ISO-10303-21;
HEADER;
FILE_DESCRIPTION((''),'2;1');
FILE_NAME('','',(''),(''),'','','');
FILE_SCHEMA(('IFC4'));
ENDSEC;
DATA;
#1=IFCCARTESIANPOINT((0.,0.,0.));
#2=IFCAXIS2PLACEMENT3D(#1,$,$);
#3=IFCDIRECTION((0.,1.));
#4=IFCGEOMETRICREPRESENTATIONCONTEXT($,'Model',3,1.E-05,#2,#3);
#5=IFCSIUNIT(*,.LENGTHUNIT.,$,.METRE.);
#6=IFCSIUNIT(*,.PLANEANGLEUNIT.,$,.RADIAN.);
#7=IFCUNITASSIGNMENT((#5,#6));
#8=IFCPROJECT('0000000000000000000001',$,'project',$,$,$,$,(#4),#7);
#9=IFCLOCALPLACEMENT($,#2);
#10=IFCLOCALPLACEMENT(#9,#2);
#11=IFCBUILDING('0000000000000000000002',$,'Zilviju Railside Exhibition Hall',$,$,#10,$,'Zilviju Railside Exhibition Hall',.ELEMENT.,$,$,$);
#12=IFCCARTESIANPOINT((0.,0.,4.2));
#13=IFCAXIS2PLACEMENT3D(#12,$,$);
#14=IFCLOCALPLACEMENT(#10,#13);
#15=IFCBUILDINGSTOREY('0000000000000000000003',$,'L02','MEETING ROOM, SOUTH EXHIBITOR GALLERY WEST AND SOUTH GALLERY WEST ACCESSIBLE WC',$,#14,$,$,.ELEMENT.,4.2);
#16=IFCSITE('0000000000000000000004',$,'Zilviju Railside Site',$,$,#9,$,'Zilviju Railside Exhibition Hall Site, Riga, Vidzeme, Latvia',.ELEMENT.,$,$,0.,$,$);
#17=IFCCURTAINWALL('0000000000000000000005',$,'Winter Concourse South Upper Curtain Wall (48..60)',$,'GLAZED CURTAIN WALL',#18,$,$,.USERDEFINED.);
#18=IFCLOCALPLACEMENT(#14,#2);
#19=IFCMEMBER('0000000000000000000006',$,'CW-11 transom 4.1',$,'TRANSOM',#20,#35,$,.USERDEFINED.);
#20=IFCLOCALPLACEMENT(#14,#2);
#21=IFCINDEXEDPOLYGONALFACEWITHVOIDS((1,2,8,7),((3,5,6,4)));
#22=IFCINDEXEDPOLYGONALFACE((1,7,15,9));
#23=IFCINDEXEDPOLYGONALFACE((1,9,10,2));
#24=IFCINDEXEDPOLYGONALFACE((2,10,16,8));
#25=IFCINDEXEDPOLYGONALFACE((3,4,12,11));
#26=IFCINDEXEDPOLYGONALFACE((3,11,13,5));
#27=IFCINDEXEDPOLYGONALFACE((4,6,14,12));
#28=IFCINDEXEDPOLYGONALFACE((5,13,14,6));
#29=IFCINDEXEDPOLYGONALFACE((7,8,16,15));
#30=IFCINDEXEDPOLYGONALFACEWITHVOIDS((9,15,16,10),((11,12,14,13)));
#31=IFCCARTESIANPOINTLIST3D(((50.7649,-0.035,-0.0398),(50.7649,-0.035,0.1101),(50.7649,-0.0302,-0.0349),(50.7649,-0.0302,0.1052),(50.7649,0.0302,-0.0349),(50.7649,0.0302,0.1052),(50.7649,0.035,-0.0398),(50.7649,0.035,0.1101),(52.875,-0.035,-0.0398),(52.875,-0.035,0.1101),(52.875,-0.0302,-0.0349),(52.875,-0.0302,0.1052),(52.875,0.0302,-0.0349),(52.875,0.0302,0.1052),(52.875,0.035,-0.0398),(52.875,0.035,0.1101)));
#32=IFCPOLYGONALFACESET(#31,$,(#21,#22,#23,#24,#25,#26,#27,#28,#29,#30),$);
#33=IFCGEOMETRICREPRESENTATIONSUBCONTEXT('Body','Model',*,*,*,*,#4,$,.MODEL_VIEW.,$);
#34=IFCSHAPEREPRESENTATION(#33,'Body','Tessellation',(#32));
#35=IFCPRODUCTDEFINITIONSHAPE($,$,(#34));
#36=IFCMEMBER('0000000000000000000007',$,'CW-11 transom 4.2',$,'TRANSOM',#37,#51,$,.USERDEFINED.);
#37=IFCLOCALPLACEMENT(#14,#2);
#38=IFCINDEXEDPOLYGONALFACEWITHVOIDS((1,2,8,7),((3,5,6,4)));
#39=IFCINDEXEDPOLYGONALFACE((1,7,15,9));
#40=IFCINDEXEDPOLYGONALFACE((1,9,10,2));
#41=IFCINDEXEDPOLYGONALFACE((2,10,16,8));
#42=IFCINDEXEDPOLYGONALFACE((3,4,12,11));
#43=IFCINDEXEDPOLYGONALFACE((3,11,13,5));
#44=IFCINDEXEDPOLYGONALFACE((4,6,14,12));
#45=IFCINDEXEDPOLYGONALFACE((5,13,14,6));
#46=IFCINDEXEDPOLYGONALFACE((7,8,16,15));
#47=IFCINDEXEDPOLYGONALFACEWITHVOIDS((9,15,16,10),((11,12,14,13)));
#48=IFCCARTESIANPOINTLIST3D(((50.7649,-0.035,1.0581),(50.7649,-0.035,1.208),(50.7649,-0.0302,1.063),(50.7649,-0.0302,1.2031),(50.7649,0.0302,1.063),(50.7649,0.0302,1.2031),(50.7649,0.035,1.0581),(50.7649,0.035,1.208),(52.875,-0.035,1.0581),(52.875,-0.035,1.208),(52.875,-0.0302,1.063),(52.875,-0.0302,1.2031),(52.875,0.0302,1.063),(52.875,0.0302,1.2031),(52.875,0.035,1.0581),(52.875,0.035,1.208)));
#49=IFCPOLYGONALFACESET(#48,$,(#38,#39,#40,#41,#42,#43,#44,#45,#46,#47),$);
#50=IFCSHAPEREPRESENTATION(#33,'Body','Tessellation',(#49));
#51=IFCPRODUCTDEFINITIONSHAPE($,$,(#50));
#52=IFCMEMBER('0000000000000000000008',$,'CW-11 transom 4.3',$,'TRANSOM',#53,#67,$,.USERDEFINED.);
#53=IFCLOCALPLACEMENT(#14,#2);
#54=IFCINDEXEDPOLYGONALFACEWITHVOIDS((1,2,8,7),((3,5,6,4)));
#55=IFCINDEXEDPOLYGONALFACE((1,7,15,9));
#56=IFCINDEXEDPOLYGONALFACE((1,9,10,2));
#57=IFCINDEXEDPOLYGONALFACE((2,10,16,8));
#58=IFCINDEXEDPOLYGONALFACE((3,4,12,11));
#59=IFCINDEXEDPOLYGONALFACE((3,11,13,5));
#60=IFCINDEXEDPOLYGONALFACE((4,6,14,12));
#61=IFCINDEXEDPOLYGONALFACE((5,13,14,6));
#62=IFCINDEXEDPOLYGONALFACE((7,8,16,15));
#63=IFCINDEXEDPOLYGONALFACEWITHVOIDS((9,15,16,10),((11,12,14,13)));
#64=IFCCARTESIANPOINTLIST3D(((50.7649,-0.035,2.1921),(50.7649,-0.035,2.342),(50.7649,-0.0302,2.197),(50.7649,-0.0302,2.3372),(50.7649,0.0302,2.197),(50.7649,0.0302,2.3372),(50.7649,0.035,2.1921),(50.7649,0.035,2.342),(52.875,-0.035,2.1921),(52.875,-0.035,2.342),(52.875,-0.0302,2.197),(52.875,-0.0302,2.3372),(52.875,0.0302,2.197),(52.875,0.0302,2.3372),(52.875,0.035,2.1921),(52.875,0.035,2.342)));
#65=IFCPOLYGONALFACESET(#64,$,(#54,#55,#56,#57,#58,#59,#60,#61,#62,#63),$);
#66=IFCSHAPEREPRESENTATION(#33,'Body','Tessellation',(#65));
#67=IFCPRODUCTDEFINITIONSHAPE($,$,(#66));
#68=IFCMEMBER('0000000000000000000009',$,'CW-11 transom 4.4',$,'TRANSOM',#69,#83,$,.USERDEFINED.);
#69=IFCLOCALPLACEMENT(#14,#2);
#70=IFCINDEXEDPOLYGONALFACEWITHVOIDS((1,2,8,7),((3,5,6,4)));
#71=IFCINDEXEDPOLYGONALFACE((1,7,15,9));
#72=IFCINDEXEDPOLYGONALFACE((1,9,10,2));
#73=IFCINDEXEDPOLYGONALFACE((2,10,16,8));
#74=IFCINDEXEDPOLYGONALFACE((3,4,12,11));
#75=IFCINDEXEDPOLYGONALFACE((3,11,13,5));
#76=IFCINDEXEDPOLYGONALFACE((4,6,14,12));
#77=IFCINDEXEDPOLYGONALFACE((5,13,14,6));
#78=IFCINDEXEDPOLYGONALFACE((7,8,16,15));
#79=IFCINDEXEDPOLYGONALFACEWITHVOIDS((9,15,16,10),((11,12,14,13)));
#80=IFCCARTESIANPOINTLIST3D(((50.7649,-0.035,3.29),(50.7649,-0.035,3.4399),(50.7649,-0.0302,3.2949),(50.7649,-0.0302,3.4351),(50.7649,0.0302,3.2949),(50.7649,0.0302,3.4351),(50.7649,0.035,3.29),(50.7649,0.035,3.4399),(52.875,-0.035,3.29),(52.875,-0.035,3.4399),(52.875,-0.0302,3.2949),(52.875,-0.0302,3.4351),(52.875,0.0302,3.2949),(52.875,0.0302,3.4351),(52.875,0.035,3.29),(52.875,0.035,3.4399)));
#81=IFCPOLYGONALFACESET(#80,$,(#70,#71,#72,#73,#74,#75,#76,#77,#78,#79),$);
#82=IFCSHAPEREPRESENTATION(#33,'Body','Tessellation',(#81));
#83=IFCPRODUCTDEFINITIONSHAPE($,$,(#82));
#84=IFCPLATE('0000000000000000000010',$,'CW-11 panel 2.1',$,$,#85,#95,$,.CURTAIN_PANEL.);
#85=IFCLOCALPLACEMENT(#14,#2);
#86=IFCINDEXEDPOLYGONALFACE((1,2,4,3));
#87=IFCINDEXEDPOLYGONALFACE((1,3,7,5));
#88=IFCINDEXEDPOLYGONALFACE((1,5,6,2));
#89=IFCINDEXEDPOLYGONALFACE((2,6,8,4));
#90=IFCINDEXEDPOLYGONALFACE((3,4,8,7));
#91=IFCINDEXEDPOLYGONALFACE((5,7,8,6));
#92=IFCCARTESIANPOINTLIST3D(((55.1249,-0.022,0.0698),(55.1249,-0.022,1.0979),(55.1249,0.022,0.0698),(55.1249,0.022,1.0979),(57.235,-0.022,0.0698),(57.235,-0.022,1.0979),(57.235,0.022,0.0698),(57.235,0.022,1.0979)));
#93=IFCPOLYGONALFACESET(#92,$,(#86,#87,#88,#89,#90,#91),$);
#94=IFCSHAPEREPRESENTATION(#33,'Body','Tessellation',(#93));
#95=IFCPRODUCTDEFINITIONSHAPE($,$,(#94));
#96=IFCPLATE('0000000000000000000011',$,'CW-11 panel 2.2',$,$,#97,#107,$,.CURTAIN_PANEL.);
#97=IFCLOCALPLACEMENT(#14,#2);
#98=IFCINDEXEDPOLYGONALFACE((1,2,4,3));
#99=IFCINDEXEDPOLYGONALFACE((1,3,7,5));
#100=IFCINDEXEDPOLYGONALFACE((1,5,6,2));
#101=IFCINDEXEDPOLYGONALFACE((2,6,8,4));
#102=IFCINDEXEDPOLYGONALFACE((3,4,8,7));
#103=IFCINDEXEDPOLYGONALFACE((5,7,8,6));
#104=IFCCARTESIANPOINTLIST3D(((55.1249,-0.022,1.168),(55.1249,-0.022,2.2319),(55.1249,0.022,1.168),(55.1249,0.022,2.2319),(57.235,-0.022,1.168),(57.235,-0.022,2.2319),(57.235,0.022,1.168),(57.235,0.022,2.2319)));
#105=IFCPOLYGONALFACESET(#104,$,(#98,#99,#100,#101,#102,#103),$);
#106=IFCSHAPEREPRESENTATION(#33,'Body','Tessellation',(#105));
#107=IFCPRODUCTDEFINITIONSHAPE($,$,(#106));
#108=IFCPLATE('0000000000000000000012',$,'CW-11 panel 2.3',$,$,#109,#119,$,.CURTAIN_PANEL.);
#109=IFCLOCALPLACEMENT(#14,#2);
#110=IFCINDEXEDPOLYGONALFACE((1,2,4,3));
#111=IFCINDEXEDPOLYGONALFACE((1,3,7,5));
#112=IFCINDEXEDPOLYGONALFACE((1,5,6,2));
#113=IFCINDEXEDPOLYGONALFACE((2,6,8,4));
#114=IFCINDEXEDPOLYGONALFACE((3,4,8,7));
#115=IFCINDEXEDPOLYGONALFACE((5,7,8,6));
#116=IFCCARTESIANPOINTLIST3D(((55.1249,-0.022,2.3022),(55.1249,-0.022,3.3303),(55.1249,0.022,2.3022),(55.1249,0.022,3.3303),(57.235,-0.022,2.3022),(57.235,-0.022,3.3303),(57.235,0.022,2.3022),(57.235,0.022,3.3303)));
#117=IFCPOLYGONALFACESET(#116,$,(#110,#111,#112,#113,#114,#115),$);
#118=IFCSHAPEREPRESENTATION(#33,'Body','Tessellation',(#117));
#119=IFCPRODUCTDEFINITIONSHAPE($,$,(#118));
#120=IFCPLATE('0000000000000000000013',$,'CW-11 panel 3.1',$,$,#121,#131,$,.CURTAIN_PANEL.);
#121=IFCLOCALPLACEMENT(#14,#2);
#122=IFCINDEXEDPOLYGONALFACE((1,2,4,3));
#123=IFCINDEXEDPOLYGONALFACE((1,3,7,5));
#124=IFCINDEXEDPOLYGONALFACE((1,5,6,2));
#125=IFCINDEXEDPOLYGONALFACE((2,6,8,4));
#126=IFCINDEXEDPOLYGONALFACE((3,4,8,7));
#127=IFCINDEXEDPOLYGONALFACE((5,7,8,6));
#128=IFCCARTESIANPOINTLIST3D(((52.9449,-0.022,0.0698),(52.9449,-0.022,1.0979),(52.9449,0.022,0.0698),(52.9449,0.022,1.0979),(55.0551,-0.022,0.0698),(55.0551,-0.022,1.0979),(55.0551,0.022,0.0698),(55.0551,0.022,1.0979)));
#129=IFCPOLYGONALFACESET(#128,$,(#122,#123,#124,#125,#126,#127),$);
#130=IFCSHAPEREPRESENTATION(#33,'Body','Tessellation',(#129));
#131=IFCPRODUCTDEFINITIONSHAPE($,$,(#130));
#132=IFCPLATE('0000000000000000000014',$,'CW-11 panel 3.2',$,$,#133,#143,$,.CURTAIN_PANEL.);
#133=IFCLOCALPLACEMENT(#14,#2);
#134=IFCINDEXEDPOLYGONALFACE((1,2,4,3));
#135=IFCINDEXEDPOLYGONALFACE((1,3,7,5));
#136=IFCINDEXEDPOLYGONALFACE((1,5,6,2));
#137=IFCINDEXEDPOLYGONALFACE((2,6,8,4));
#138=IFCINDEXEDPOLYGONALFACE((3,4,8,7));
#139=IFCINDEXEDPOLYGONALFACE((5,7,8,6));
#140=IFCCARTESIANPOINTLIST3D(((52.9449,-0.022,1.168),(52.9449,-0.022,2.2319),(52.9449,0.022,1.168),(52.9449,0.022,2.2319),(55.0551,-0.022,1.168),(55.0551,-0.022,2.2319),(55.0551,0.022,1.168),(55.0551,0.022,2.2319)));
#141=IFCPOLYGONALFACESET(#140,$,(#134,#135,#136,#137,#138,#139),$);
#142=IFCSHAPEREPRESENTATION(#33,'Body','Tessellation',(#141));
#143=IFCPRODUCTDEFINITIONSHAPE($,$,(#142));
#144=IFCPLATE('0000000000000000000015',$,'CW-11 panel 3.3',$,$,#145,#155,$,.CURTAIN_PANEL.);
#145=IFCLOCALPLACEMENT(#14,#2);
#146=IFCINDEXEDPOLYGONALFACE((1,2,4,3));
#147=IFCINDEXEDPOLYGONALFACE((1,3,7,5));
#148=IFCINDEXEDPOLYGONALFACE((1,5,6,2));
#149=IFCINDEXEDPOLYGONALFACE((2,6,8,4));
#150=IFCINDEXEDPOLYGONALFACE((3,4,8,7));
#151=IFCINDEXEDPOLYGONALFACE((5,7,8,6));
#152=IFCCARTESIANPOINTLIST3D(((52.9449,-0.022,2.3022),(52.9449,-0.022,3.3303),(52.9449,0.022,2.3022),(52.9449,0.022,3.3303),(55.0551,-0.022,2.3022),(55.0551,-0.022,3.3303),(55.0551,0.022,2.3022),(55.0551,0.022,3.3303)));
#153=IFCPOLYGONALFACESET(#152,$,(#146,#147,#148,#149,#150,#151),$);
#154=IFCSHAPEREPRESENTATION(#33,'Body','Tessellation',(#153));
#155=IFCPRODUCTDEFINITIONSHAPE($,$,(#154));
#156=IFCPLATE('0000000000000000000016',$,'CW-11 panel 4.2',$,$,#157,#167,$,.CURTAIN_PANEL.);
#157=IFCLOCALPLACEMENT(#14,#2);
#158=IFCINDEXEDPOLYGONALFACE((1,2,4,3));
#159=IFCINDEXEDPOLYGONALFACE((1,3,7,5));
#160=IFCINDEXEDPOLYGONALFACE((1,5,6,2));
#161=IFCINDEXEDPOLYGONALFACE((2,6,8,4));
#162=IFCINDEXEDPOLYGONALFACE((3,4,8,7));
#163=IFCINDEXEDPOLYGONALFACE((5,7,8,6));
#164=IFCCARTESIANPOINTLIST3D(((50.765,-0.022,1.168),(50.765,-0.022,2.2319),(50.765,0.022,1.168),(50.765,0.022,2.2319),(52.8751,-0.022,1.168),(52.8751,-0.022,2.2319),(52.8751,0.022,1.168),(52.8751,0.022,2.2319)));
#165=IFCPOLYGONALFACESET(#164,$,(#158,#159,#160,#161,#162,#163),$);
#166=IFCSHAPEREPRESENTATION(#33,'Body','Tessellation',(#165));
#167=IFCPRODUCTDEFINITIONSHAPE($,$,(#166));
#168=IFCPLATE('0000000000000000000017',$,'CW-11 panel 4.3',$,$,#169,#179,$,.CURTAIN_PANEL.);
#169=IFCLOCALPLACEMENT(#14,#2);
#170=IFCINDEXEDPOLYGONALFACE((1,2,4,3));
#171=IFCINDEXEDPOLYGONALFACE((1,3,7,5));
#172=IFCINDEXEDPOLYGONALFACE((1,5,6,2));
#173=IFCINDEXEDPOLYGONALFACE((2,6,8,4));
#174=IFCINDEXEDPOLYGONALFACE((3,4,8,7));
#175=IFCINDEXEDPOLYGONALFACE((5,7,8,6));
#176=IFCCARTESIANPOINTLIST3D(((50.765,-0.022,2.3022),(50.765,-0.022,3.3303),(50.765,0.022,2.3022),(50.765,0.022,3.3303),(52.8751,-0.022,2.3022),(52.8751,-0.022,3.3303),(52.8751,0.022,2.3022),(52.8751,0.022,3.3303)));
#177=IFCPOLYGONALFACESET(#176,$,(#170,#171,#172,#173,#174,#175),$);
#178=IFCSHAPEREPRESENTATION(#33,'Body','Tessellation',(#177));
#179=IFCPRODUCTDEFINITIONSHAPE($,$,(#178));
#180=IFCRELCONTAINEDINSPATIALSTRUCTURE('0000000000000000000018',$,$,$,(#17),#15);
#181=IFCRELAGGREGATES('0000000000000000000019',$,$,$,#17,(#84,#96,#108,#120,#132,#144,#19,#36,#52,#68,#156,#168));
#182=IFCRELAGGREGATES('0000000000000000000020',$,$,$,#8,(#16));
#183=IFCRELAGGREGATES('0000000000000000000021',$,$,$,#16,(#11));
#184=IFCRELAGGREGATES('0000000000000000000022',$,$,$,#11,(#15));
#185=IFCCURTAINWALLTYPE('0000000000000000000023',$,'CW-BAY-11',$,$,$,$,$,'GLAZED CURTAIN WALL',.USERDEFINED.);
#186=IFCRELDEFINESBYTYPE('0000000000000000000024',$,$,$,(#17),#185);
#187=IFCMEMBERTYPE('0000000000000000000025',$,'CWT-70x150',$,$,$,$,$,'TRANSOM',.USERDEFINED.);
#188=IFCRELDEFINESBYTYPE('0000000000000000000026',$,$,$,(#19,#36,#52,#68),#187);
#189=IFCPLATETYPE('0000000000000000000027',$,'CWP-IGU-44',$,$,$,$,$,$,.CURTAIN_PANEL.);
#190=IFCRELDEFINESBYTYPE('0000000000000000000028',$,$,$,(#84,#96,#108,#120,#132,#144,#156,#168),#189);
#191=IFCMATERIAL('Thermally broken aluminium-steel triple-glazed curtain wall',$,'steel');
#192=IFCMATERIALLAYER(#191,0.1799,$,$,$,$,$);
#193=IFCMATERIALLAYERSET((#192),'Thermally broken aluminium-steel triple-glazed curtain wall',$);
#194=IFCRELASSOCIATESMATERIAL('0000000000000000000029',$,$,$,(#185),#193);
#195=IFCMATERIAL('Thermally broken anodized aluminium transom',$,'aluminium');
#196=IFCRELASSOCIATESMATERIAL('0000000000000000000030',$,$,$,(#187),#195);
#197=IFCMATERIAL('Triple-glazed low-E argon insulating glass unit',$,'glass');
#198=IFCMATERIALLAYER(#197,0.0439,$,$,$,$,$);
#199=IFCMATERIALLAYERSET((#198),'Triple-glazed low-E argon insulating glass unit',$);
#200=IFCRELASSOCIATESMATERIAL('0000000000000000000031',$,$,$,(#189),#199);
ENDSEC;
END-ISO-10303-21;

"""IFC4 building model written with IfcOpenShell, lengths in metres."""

from ifc_helpers import new_model, si_unit, direction, frame, origin, origin_2d, place, context, subcontext, project, spatial, rectangle, hollow_rectangle, extrude, material, layer, layer_set, material_profile, profile_set, type_object, element, aggregate, save


model = new_model("IFC4")

# Units and contexts
model_context = context("Model", 3, precision=1e-05, world=origin(), true_north=direction((0.0, 1.0)))
body_context = subcontext(model_context, "Body", "Model", "MODEL_VIEW")
ifc_project = project(units=[si_unit("LENGTHUNIT", "METRE"), si_unit("PLANEANGLEUNIT", "RADIAN")], contexts=[model_context])

# Site, building, storey
site_placement = place(None, origin())
site = spatial("IfcSite", under=ifc_project, at=site_placement, Name="Zilviju Railside Site", LongName="Zilviju Railside Exhibition Hall Site, Riga, Vidzeme, Latvia", CompositionType="ELEMENT", RefElevation=0.0)
building_placement = place(site_placement, origin())
building = spatial("IfcBuilding", under=site, at=building_placement, Name="Zilviju Railside Exhibition Hall", LongName="Zilviju Railside Exhibition Hall", CompositionType="ELEMENT")
storey_placement = place(building_placement, frame((0.0, 0.0, 4.2)))
storey = spatial("IfcBuildingStorey", under=building, at=storey_placement, Name="L02", Description="MEETING ROOM, SOUTH EXHIBITOR GALLERY WEST AND SOUTH GALLERY WEST ACCESSIBLE WC", CompositionType="ELEMENT", Elevation=4.2)

# Curtain wall, members, plates
ifc_material_1 = material(Name="Thermally broken aluminium-steel triple-glazed curtain wall", Category="steel")
ifc_layer_1 = layer(ifc_material_1, 0.1799)
ifc_layer_set_1 = layer_set([ifc_layer_1], Name="Thermally broken aluminium-steel triple-glazed curtain wall")
curtain_wall_type = type_object("IfcCurtainWallType", Name="CW-BAY-11", ElementType="GLAZED CURTAIN WALL", PredefinedType="USERDEFINED", material=ifc_layer_set_1)
curtain_wall_placement = place(storey_placement, origin())
curtain_wall = element("IfcCurtainWall", 1, at=curtain_wall_placement, inside=storey, type_object=curtain_wall_type, Name="Winter Concourse South Upper Curtain Wall (48..60)", ObjectType="GLAZED CURTAIN WALL", PredefinedType="USERDEFINED")
ifc_material_2 = material(Name="Thermally broken anodized aluminium transom", Category="aluminium")
ifc_material_profile_1 = material_profile(ifc_material_2, hollow_rectangle(XDim=0.0701, YDim=0.1499, WallThickness=0.0049, at=origin_2d()), Name="TRANSOM 150x70x5")
ifc_profile_set_1 = profile_set([ifc_material_profile_1], Name="Thermally broken anodized aluminium transom")
member_type_1 = type_object("IfcMemberType", Name="CWT-70x150", ElementType="TRANSOM", PredefinedType="USERDEFINED", material=ifc_profile_set_1)
member_1_placement = place(storey_placement, frame((52.875, 0.0, 0.0352), z_axis=(-1.0, 0.0, 0.0), x_axis=(0.0, -1.0, 0.0)))
member_1 = element("IfcMember", 2, at=member_1_placement, type_object=member_type_1, Name="CW-11 transom 4.1", ObjectType="TRANSOM", PredefinedType="USERDEFINED", context=body_context, shape_type="SweptSolid", body=[
    extrude(hollow_rectangle(XDim=0.0701, YDim=0.1499, WallThickness=0.0049, at=origin_2d()), origin(), (0.0, 0.0, 1.0), 2.1101),
])
member_2_placement = place(storey_placement, frame((52.875, 0.0, 1.1331), z_axis=(-1.0, 0.0, 0.0), x_axis=(0.0, -1.0, 0.0)))
member_2 = element("IfcMember", 3, at=member_2_placement, type_object=member_type_1, Name="CW-11 transom 4.2", ObjectType="TRANSOM", PredefinedType="USERDEFINED", context=body_context, shape_type="SweptSolid", body=[
    extrude(hollow_rectangle(XDim=0.0701, YDim=0.1499, WallThickness=0.0049, at=origin_2d()), origin(), (0.0, 0.0, 1.0), 2.1101),
])
member_3_placement = place(storey_placement, frame((52.875, 0.0, 2.2671), z_axis=(-1.0, 0.0, 0.0), x_axis=(0.0, -1.0, 0.0)))
member_3 = element("IfcMember", 4, at=member_3_placement, type_object=member_type_1, Name="CW-11 transom 4.3", ObjectType="TRANSOM", PredefinedType="USERDEFINED", context=body_context, shape_type="SweptSolid", body=[
    extrude(hollow_rectangle(XDim=0.0701, YDim=0.1499, WallThickness=0.0049, at=origin_2d()), origin(), (0.0, 0.0, 1.0), 2.1101),
])
member_4_placement = place(storey_placement, frame((52.875, 0.0, 3.365), z_axis=(-1.0, 0.0, 0.0), x_axis=(0.0, -1.0, 0.0)))
member_4 = element("IfcMember", 5, at=member_4_placement, type_object=member_type_1, Name="CW-11 transom 4.4", ObjectType="TRANSOM", PredefinedType="USERDEFINED", context=body_context, shape_type="SweptSolid", body=[
    extrude(hollow_rectangle(XDim=0.0701, YDim=0.1499, WallThickness=0.0049, at=origin_2d()), origin(), (0.0, 0.0, 1.0), 2.1101),
])
ifc_material_3 = material(Name="Triple-glazed low-E argon insulating glass unit", Category="glass")
ifc_layer_2 = layer(ifc_material_3, 0.0439)
ifc_layer_set_2 = layer_set([ifc_layer_2], Name="Triple-glazed low-E argon insulating glass unit")
plate_type = type_object("IfcPlateType", Name="CWP-IGU-44", PredefinedType="CURTAIN_PANEL", material=ifc_layer_set_2)
plate_1_placement = place(storey_placement, frame((56.1799, 0.0, 0.0698), z_axis=(0.0, 0.0, 1.0), x_axis=(-1.0, 0.0, 0.0)))
plate_1 = element("IfcPlate", 6, at=plate_1_placement, type_object=plate_type, Name="CW-11 panel 2.1", PredefinedType="CURTAIN_PANEL", context=body_context, shape_type="SweptSolid", body=[
    extrude(rectangle(XDim=2.1101, YDim=0.0439, at=origin_2d()), origin(), (0.0, 0.0, 1.0), 1.0281),
])
plate_2_placement = place(storey_placement, frame((56.1799, 0.0, 1.168), z_axis=(0.0, 0.0, 1.0), x_axis=(-1.0, 0.0, 0.0)))
plate_2 = element("IfcPlate", 7, at=plate_2_placement, type_object=plate_type, Name="CW-11 panel 2.2", PredefinedType="CURTAIN_PANEL", context=body_context, shape_type="SweptSolid", body=[
    extrude(rectangle(XDim=2.1101, YDim=0.0439, at=origin_2d()), origin(), (0.0, 0.0, 1.0), 1.064),
])
plate_3_placement = place(storey_placement, frame((56.1799, 0.0, 2.3022), z_axis=(0.0, 0.0, 1.0), x_axis=(-1.0, 0.0, 0.0)))
plate_3 = element("IfcPlate", 8, at=plate_3_placement, type_object=plate_type, Name="CW-11 panel 2.3", PredefinedType="CURTAIN_PANEL", context=body_context, shape_type="SweptSolid", body=[
    extrude(rectangle(XDim=2.1101, YDim=0.0439, at=origin_2d()), origin(), (0.0, 0.0, 1.0), 1.0281),
])
plate_4_placement = place(storey_placement, frame((54.0, 0.0, 0.0698), z_axis=(0.0, 0.0, 1.0), x_axis=(-1.0, 0.0, 0.0)))
plate_4 = element("IfcPlate", 9, at=plate_4_placement, type_object=plate_type, Name="CW-11 panel 3.1", PredefinedType="CURTAIN_PANEL", context=body_context, shape_type="SweptSolid", body=[
    extrude(rectangle(XDim=2.1101, YDim=0.0439, at=origin_2d()), origin(), (0.0, 0.0, 1.0), 1.0281),
])
plate_5_placement = place(storey_placement, frame((54.0, 0.0, 1.168), z_axis=(0.0, 0.0, 1.0), x_axis=(-1.0, 0.0, 0.0)))
plate_5 = element("IfcPlate", 10, at=plate_5_placement, type_object=plate_type, Name="CW-11 panel 3.2", PredefinedType="CURTAIN_PANEL", context=body_context, shape_type="SweptSolid", body=[
    extrude(rectangle(XDim=2.1101, YDim=0.0439, at=origin_2d()), origin(), (0.0, 0.0, 1.0), 1.064),
])
plate_6_placement = place(storey_placement, frame((54.0, 0.0, 2.3022), z_axis=(0.0, 0.0, 1.0), x_axis=(-1.0, 0.0, 0.0)))
plate_6 = element("IfcPlate", 11, at=plate_6_placement, type_object=plate_type, Name="CW-11 panel 3.3", PredefinedType="CURTAIN_PANEL", context=body_context, shape_type="SweptSolid", body=[
    extrude(rectangle(XDim=2.1101, YDim=0.0439, at=origin_2d()), origin(), (0.0, 0.0, 1.0), 1.0281),
])
plate_7_placement = place(storey_placement, frame((51.8201, 0.0, 1.168), z_axis=(0.0, 0.0, 1.0), x_axis=(-1.0, 0.0, 0.0)))
plate_7 = element("IfcPlate", 12, at=plate_7_placement, type_object=plate_type, Name="CW-11 panel 4.2", PredefinedType="CURTAIN_PANEL", context=body_context, shape_type="SweptSolid", body=[
    extrude(rectangle(XDim=2.1101, YDim=0.0439, at=origin_2d()), origin(), (0.0, 0.0, 1.0), 1.064),
])
plate_8_placement = place(storey_placement, frame((51.8201, 0.0, 2.3022), z_axis=(0.0, 0.0, 1.0), x_axis=(-1.0, 0.0, 0.0)))
plate_8 = element("IfcPlate", 13, at=plate_8_placement, type_object=plate_type, Name="CW-11 panel 4.3", PredefinedType="CURTAIN_PANEL", context=body_context, shape_type="SweptSolid", body=[
    extrude(rectangle(XDim=2.1101, YDim=0.0439, at=origin_2d()), origin(), (0.0, 0.0, 1.0), 1.0281),
])
aggregate(curtain_wall, [plate_1, plate_2, plate_3, plate_4, plate_5, plate_6, member_1, member_2, member_3, member_4, plate_7, plate_8])

save(model, "model.ifc")
